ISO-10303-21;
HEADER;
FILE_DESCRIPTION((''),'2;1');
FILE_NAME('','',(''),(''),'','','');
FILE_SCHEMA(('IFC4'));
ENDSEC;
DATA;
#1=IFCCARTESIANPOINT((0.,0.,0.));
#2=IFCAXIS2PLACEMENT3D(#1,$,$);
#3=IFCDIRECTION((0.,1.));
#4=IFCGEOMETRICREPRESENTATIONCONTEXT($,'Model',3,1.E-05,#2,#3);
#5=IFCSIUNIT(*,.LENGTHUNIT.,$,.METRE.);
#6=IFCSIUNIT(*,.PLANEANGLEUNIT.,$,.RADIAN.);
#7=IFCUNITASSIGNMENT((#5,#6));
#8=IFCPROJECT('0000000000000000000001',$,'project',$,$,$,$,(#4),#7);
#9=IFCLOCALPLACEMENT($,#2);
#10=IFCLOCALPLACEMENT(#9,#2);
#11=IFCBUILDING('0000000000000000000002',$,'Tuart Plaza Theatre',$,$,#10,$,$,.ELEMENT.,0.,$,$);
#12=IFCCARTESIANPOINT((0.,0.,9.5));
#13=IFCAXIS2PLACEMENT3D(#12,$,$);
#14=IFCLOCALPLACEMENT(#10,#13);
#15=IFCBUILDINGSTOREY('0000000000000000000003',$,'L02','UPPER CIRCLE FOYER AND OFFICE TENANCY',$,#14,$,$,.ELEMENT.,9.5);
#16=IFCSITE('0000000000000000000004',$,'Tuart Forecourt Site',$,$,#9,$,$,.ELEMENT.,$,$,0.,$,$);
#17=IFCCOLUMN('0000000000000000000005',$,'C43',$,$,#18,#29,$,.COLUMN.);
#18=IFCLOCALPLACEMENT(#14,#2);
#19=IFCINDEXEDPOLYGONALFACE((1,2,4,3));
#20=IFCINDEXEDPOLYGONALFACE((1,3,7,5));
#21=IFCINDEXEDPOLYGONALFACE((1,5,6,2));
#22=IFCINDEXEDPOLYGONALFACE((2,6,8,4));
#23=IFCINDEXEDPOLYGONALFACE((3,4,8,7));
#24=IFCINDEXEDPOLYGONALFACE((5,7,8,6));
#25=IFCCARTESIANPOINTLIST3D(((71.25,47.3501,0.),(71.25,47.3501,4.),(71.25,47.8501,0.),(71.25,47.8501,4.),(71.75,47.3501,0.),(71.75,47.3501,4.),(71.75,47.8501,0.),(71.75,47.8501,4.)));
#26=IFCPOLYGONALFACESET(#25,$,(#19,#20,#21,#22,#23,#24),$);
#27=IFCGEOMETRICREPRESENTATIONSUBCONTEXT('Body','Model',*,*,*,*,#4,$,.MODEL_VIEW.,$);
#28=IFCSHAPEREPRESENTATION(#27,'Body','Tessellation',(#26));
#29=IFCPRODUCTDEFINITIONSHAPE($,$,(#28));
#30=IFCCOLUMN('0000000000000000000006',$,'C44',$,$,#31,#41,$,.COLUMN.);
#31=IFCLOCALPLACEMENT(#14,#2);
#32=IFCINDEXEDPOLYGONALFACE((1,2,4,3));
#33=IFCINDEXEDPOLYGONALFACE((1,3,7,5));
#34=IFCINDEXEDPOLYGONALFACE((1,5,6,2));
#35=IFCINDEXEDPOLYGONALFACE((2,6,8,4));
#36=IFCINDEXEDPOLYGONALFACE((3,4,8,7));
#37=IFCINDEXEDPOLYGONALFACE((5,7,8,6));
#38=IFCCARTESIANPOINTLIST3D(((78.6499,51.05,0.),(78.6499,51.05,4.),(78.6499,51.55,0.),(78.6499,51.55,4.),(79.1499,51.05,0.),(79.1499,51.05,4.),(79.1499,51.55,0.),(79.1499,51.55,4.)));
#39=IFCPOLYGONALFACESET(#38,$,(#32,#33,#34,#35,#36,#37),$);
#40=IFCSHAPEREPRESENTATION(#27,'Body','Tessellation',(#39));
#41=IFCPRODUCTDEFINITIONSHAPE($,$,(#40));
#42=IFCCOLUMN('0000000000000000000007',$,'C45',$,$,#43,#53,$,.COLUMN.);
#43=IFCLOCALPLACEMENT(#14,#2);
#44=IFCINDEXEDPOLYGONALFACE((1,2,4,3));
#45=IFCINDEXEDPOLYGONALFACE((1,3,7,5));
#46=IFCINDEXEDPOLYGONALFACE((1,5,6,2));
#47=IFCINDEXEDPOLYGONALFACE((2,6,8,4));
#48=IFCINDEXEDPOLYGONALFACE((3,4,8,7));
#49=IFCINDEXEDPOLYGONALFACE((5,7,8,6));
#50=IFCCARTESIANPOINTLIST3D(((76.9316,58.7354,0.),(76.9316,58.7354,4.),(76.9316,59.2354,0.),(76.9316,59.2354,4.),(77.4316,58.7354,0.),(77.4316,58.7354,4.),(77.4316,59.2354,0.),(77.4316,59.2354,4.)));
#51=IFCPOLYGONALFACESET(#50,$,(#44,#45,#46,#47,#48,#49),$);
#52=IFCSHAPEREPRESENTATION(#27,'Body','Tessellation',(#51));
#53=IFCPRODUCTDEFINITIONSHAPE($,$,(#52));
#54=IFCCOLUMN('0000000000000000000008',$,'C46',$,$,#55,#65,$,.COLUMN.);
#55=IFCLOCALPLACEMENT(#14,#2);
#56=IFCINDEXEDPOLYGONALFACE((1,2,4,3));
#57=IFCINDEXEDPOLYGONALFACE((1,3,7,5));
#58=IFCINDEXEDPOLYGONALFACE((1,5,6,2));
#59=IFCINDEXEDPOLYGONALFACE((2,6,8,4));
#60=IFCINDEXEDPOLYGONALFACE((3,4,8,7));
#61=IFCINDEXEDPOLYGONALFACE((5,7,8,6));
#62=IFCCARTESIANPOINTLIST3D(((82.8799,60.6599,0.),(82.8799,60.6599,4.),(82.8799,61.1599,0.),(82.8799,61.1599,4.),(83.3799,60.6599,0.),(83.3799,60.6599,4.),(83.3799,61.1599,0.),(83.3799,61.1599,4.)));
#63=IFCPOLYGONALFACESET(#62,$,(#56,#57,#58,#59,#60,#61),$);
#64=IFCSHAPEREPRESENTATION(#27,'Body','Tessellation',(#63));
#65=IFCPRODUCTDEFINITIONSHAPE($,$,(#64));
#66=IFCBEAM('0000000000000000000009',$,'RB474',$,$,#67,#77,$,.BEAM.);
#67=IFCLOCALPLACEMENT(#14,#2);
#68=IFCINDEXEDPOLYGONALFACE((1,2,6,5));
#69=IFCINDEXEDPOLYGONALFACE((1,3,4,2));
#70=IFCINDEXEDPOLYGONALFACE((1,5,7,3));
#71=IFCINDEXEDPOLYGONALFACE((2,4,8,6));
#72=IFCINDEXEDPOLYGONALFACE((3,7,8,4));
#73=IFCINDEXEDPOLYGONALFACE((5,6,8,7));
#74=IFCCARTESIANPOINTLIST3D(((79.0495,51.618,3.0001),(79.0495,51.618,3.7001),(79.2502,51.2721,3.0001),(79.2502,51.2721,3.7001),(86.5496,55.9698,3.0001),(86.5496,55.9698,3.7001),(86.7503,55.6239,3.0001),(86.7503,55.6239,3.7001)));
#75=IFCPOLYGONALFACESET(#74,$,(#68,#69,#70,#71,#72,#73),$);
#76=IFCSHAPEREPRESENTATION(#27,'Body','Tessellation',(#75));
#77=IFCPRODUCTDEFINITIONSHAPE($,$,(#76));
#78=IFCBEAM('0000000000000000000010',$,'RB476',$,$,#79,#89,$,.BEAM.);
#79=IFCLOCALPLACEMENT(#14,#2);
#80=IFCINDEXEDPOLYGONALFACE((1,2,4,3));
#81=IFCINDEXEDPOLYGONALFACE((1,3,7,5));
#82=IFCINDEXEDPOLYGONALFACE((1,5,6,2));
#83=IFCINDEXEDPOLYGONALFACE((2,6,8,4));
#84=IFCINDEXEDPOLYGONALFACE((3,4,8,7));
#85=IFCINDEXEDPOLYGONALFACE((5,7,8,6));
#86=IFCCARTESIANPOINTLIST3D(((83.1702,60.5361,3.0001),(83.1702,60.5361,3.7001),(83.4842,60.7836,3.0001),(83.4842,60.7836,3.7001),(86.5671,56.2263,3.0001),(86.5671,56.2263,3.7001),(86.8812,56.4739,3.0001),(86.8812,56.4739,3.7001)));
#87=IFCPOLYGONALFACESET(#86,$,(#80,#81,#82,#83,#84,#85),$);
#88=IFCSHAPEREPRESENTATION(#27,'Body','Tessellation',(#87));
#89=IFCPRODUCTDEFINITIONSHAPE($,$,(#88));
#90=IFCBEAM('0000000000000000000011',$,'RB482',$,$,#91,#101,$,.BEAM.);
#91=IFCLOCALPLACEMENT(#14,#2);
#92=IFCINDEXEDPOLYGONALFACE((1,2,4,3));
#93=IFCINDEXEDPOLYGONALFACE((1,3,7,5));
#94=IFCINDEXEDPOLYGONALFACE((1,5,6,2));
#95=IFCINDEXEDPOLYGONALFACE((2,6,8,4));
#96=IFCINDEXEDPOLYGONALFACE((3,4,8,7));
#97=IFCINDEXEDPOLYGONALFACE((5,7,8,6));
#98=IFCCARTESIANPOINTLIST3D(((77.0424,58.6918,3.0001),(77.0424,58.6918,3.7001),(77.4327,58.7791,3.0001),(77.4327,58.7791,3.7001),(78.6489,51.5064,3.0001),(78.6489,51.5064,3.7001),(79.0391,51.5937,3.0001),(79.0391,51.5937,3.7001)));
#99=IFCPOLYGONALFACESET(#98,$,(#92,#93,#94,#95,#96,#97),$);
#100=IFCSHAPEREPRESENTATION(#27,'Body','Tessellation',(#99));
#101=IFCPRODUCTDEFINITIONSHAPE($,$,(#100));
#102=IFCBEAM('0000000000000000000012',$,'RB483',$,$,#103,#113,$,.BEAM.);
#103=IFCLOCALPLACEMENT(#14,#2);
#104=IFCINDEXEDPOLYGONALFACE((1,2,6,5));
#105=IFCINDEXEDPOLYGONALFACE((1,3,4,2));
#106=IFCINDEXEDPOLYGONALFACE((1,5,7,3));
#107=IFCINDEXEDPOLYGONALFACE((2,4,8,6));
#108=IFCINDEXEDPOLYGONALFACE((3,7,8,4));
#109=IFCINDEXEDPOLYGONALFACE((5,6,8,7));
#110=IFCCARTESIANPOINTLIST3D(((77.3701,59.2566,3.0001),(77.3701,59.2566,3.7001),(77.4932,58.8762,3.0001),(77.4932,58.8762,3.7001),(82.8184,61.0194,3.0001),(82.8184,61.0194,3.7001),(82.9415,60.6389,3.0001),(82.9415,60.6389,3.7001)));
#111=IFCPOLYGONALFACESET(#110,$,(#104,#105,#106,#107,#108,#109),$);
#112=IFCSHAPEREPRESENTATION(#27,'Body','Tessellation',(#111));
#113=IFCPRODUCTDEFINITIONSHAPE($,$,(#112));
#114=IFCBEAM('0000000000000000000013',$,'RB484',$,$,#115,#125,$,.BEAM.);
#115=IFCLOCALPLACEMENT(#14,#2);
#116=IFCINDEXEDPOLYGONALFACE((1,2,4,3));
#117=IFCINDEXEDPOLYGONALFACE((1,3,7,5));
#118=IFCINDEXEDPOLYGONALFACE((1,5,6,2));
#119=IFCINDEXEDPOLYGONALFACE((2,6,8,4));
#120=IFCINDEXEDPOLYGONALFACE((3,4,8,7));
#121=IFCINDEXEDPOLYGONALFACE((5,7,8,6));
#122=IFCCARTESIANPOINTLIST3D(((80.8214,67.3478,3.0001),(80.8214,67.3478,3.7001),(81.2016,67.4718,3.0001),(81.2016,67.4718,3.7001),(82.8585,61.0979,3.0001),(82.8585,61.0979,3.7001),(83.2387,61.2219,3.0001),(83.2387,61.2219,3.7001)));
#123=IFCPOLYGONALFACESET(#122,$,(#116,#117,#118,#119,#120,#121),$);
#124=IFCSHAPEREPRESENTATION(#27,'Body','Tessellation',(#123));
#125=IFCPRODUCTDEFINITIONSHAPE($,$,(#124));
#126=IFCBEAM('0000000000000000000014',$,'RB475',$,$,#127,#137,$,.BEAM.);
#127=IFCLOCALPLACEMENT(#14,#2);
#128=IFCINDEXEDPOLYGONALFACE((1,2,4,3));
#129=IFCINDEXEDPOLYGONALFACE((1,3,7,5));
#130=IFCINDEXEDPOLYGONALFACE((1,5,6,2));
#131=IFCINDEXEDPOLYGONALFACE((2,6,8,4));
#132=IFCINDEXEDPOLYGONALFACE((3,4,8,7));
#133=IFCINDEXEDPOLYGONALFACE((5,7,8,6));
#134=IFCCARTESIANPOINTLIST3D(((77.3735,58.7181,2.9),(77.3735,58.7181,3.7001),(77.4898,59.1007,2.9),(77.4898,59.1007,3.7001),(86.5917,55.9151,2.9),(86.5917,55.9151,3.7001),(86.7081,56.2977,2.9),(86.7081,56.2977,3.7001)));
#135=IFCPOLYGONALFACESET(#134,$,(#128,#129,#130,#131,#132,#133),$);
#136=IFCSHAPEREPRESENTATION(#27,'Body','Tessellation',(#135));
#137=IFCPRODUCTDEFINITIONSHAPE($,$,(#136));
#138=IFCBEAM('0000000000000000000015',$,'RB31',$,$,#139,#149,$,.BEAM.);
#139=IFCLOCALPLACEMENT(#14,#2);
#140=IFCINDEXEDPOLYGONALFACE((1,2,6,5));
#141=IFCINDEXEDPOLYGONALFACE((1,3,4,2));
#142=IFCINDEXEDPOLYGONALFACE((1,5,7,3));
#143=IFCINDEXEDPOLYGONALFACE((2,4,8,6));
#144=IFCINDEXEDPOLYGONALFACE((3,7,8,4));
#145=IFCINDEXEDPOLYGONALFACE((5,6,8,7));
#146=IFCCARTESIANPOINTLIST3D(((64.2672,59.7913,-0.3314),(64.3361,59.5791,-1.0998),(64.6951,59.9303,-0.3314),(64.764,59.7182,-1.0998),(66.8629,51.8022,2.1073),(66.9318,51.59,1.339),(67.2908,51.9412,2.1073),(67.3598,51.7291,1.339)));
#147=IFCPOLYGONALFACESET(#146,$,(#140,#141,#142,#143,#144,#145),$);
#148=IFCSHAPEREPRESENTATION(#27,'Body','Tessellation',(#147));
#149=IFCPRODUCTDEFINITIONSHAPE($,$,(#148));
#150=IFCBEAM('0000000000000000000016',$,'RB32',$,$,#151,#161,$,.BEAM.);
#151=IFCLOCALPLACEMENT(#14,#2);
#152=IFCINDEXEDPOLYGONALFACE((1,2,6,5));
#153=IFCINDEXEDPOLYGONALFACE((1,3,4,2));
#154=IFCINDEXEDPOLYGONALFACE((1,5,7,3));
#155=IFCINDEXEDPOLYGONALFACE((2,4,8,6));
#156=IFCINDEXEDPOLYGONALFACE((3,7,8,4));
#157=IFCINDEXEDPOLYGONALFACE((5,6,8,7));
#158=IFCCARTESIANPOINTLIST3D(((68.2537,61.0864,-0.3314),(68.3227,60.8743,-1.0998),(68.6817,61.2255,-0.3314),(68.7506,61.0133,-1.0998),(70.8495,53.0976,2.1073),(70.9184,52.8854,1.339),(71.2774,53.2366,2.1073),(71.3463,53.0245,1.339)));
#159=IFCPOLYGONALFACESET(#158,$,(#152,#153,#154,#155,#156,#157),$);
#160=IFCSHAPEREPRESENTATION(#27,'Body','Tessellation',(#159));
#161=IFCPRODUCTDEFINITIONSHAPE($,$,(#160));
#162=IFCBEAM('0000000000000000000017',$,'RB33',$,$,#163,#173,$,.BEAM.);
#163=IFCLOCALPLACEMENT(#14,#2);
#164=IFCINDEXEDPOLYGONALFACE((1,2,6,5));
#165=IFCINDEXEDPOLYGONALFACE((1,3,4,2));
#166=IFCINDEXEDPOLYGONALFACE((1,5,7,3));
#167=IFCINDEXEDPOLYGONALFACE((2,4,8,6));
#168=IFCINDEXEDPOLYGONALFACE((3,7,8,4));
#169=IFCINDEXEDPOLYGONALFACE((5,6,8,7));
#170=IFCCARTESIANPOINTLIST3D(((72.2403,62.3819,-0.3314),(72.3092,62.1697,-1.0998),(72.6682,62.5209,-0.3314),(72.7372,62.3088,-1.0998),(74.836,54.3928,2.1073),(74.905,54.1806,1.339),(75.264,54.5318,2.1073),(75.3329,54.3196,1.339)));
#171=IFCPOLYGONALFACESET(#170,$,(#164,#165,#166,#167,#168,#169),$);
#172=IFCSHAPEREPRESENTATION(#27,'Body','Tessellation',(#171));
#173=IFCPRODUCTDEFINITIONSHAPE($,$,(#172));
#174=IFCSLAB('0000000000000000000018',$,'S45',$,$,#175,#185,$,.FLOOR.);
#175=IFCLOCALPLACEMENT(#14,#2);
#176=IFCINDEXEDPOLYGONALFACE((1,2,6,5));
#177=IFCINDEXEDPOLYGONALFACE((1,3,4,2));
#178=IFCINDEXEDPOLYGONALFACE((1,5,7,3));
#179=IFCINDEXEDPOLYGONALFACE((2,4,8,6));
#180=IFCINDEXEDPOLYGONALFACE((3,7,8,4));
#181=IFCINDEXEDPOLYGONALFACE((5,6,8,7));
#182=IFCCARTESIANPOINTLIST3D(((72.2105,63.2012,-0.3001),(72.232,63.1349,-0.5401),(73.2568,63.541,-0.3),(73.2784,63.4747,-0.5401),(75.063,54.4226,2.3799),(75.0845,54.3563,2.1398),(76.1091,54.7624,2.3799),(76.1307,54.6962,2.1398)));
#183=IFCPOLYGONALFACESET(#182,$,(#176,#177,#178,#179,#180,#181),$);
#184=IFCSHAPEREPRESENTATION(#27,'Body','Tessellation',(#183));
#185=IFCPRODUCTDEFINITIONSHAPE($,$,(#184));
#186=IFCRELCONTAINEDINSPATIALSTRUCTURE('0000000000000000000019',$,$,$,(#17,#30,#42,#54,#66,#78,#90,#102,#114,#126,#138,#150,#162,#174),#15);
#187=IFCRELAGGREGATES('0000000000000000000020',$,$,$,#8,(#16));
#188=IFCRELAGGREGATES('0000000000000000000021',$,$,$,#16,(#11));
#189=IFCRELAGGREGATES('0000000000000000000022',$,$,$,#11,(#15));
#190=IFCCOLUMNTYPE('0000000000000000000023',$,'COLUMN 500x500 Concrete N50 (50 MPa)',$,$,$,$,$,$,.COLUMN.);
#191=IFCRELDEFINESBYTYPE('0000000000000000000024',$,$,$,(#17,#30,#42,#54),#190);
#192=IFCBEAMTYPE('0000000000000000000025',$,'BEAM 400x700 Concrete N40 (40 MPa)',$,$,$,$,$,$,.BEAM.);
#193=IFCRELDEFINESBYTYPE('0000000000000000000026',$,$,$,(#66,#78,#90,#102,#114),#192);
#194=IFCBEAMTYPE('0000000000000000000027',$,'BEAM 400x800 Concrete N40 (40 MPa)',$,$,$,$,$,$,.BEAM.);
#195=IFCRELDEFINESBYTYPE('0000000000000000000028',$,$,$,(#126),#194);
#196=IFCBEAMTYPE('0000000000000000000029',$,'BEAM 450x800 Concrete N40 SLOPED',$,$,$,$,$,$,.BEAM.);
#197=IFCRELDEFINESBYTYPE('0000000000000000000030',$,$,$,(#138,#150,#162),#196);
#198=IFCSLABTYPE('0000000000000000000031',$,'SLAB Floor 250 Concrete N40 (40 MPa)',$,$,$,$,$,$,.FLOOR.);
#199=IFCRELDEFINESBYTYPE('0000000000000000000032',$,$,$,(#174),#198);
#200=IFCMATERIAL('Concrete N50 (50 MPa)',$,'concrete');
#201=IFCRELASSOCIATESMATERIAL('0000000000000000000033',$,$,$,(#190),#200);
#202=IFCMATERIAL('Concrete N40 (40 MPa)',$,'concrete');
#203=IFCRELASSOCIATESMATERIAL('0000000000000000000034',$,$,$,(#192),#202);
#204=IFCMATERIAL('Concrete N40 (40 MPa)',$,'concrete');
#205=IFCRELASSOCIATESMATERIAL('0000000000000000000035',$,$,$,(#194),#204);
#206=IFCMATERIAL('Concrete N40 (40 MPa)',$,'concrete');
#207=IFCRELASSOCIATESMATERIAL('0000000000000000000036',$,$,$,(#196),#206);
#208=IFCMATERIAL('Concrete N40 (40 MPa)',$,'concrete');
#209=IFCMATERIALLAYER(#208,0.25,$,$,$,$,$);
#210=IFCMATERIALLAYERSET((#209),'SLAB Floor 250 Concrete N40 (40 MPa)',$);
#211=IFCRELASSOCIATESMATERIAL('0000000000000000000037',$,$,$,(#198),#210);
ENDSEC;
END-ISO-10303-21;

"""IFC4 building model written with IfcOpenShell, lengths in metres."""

from ifc_helpers import new_model, si_unit, direction, frame, origin, origin_2d, place, context, subcontext, project, spatial, polyline, rectangle, outline, extrude, material, layer, layer_set, material_profile, profile_set, type_object, element, save


model = new_model("IFC4")

# Units and contexts
model_context = context("Model", 3, precision=1e-05, world=origin(), true_north=direction((0.0, 1.0)))
body_context = subcontext(model_context, "Body", "Model", "MODEL_VIEW")
ifc_project = project(units=[si_unit("LENGTHUNIT", "METRE"), si_unit("PLANEANGLEUNIT", "RADIAN")], contexts=[model_context])

# Site, building, storey
site_placement = place(None, origin())
site = spatial("IfcSite", under=ifc_project, at=site_placement, Name="Tuart Forecourt Site", CompositionType="ELEMENT", RefElevation=0.0)
building_placement = place(site_placement, origin())
building = spatial("IfcBuilding", under=site, at=building_placement, Name="Tuart Plaza Theatre", CompositionType="ELEMENT", ElevationOfRefHeight=0.0)
storey_placement = place(building_placement, frame((0.0, 0.0, 9.5)))
storey = spatial("IfcBuildingStorey", under=building, at=storey_placement, Name="L02", Description="UPPER CIRCLE FOYER AND OFFICE TENANCY", CompositionType="ELEMENT", Elevation=9.5)

# Columns
ifc_material_1 = material(Name="Concrete N50 (50 MPa)", Category="concrete")
ifc_material_profile_1 = material_profile(ifc_material_1, rectangle(XDim=0.5, YDim=0.5, at=origin_2d()), Name="COLUMN 500x500 Concrete N50 (50 MPa)")
ifc_profile_set_1 = profile_set([ifc_material_profile_1], Name="Concrete N50 (50 MPa)")
column_type = type_object("IfcColumnType", Name="COLUMN 500x500 Concrete N50 (50 MPa)", PredefinedType="COLUMN", material=ifc_profile_set_1)
for number, where, z_axis, x_axis, name in (
    (1, (71.5, 47.6001, 0.0), (0.0, 0.0, 1.0), (1.0, 0.0, 0.0), "C43"),
    (2, (78.8999, 51.3, 0.0), (0.0, 0.0, 1.0), (1.0, 0.0, 0.0), "C44"),
    (3, (77.1816, 58.9854, 0.0), (0.0, 0.0, 1.0), (1.0, 0.0, 0.0), "C45"),
    (4, (83.1299, 60.9099, 0.0), (0.0, 0.0, 1.0), (1.0, 0.0, 0.0), "C46"),
):
    element("IfcColumn", number, at=place(storey_placement, frame(where, z_axis=z_axis, x_axis=x_axis)), inside=storey, type_object=column_type, Name=name, PredefinedType="COLUMN", context=body_context, shape_type="SweptSolid", body=[
        extrude(rectangle(XDim=0.5, YDim=0.5, at=origin_2d()), origin(), (0.0, 0.0, 1.0), 4.0),
    ])

# Beams
ifc_material_2 = material(Name="Concrete N40 (40 MPa)", Category="concrete")
ifc_material_profile_2 = material_profile(ifc_material_2, rectangle(XDim=0.3999, YDim=0.7, at=origin_2d()), Name="BEAM 400x700 Concrete N40 (40 MPa)")
ifc_profile_set_2 = profile_set([ifc_material_profile_2], Name="Concrete N40 (40 MPa)")
beam_type_1 = type_object("IfcBeamType", Name="BEAM 400x700 Concrete N40 (40 MPa)", PredefinedType="BEAM", material=ifc_profile_set_2)
beam_1_placement = place(storey_placement, frame((86.6499, 55.7969, 3.3501), z_axis=(-0.864941, -0.501874, 0.0), x_axis=(0.501874, -0.864941, 0.0)))
element("IfcBeam", 5, at=beam_1_placement, inside=storey, type_object=beam_type_1, Name="RB474", PredefinedType="BEAM", context=body_context, shape_type="SweptSolid", body=[
    extrude(rectangle(XDim=0.3999, YDim=0.7, at=origin_2d()), origin(), (0.0, 0.0, 1.0), 8.6711),
])
beam_2_placement = place(storey_placement, frame((86.7241, 56.3501, 3.3501), z_axis=(-0.619025, 0.785371, 0.0), x_axis=(-0.785371, -0.619025, 0.0)))
element("IfcBeam", 6, at=beam_2_placement, inside=storey, type_object=beam_type_1, Name="RB476", PredefinedType="BEAM", context=body_context, shape_type="SweptSolid", body=[
    extrude(rectangle(XDim=0.3999, YDim=0.7, at=origin_2d()), origin(), (0.0, 0.0, 1.0), 5.4875),
])
beam_3_placement = place(storey_placement, frame((78.844, 51.55, 3.3501), z_axis=(-0.218187, 0.975907, 0.0), x_axis=(-0.975907, -0.218187, 0.0)))
element("IfcBeam", 7, at=beam_3_placement, inside=storey, type_object=beam_type_1, Name="RB482", PredefinedType="BEAM", context=body_context, shape_type="SweptSolid", body=[
    extrude(rectangle(XDim=0.3999, YDim=0.7, at=origin_2d()), origin(), (0.0, 0.0, 1.0), 7.3628),
])
beam_4_placement = place(storey_placement, frame((77.4316, 59.0664, 3.3501), z_axis=(0.951443, 0.307825, 0.0), x_axis=(-0.307825, 0.951443, 0.0)))
element("IfcBeam", 8, at=beam_4_placement, inside=storey, type_object=beam_type_1, Name="RB483", PredefinedType="BEAM", context=body_context, shape_type="SweptSolid", body=[
    extrude(rectangle(XDim=0.3999, YDim=0.7, at=origin_2d()), origin(), (0.0, 0.0, 1.0), 5.7263),
])
beam_5_placement = place(storey_placement, frame((83.0486, 61.1599, 3.3501), z_axis=(-0.309892, 0.950772, 0.0), x_axis=(-0.950772, -0.309892, 0.0)))
element("IfcBeam", 9, at=beam_5_placement, inside=storey, type_object=beam_type_1, Name="RB484", PredefinedType="BEAM", context=body_context, shape_type="SweptSolid", body=[
    extrude(rectangle(XDim=0.3999, YDim=0.7, at=origin_2d()), origin(), (0.0, 0.0, 1.0), 6.5735),
])
ifc_material_3 = material(Name="Concrete N40 (40 MPa)", Category="concrete")
ifc_material_profile_3 = material_profile(ifc_material_3, rectangle(XDim=0.3999, YDim=0.8, at=origin_2d()), Name="BEAM 400x800 Concrete N40 (40 MPa)")
ifc_profile_set_3 = profile_set([ifc_material_profile_3], Name="Concrete N40 (40 MPa)")
beam_type_2 = type_object("IfcBeamType", Name="BEAM 400x800 Concrete N40 (40 MPa)", PredefinedType="BEAM", material=ifc_profile_set_3)
beam_6_placement = place(storey_placement, frame((86.6499, 56.1064, 3.3), z_axis=(-0.956748, 0.290917, 0.0), x_axis=(-0.290917, -0.956748, 0.0)))
element("IfcBeam", 10, at=beam_6_placement, inside=storey, type_object=beam_type_2, Name="RB475", PredefinedType="BEAM", context=body_context, shape_type="SweptSolid", body=[
    extrude(rectangle(XDim=0.3999, YDim=0.8, at=origin_2d()), origin(), (0.0, 0.0, 1.0), 9.635),
])
ifc_material_4 = material(Name="Concrete N40 (40 MPa)", Category="concrete")
ifc_material_profile_4 = material_profile(ifc_material_4, rectangle(XDim=0.45, YDim=0.8, at=origin_2d()), Name="BEAM 450x800 Concrete N40 SLOPED")
ifc_profile_set_4 = profile_set([ifc_material_profile_4], Name="Concrete N40 (40 MPa)")
beam_type_3 = type_object("IfcBeamType", Name="BEAM 450x800 Concrete N40 SLOPED", PredefinedType="BEAM", material=ifc_profile_set_4)
beam_7_placement = place(storey_placement, frame((67.1113, 51.7656, 1.7231), z_axis=(-0.296755, 0.913347, -0.278808), x_axis=(-0.951059, -0.309008, 0.0)))
element("IfcBeam", 11, at=beam_7_placement, inside=storey, type_object=beam_type_3, Name="RB31", PredefinedType="BEAM", context=body_context, shape_type="SweptSolid", body=[
    extrude(rectangle(XDim=0.45, YDim=0.8, at=origin_2d()), origin(), (0.0, 0.0, 1.0), 8.7471),
])
beam_8_placement = place(storey_placement, frame((71.0979, 53.061, 1.7231), z_axis=(-0.296762, 0.913342, -0.278815), x_axis=(-0.951057, -0.309016, 0.0)))
element("IfcBeam", 12, at=beam_8_placement, inside=storey, type_object=beam_type_3, Name="RB32", PredefinedType="BEAM", context=body_context, shape_type="SweptSolid", body=[
    extrude(rectangle(XDim=0.45, YDim=0.8, at=origin_2d()), origin(), (0.0, 0.0, 1.0), 8.7468),
])
beam_9_placement = place(storey_placement, frame((75.0845, 54.3562, 1.7231), z_axis=(-0.296755, 0.913347, -0.278808), x_axis=(-0.951059, -0.309008, 0.0)))
element("IfcBeam", 13, at=beam_9_placement, inside=storey, type_object=beam_type_3, Name="RB33", PredefinedType="BEAM", context=body_context, shape_type="SweptSolid", body=[
    extrude(rectangle(XDim=0.45, YDim=0.8, at=origin_2d()), origin(), (0.0, 0.0, 1.0), 8.7471),
])

# Slab
ifc_material_5 = material(Name="Concrete N40 (40 MPa)", Category="concrete")
ifc_layer_1 = layer(ifc_material_5, 0.25)
ifc_layer_set_1 = layer_set([ifc_layer_1], Name="SLAB Floor 250 Concrete N40 (40 MPa)")
slab_type = type_object("IfcSlabType", Name="SLAB Floor 250 Concrete N40 (40 MPa)", PredefinedType="FLOOR", material=ifc_layer_set_1)
slab_placement = place(storey_placement, frame((75.063, 54.4226, 2.3799), z_axis=(-0.086137, 0.265186, 0.960342), x_axis=(0.951076, 0.308958, -0.000009)))
element("IfcSlab", 14, at=slab_placement, inside=storey, type_object=slab_type, Name="S45", PredefinedType="FLOOR", context=body_context, shape_type="SweptSolid", body=[
    extrude(outline(polyline([(0.0, 0.0), (1.1, 0.0), (1.0994, 9.6115), (-0.0007, 9.6116), (0.0, 0.0)])), origin(), (0.0, 0.0, -1.0), 0.25),
])

save(model, "model.ifc")
